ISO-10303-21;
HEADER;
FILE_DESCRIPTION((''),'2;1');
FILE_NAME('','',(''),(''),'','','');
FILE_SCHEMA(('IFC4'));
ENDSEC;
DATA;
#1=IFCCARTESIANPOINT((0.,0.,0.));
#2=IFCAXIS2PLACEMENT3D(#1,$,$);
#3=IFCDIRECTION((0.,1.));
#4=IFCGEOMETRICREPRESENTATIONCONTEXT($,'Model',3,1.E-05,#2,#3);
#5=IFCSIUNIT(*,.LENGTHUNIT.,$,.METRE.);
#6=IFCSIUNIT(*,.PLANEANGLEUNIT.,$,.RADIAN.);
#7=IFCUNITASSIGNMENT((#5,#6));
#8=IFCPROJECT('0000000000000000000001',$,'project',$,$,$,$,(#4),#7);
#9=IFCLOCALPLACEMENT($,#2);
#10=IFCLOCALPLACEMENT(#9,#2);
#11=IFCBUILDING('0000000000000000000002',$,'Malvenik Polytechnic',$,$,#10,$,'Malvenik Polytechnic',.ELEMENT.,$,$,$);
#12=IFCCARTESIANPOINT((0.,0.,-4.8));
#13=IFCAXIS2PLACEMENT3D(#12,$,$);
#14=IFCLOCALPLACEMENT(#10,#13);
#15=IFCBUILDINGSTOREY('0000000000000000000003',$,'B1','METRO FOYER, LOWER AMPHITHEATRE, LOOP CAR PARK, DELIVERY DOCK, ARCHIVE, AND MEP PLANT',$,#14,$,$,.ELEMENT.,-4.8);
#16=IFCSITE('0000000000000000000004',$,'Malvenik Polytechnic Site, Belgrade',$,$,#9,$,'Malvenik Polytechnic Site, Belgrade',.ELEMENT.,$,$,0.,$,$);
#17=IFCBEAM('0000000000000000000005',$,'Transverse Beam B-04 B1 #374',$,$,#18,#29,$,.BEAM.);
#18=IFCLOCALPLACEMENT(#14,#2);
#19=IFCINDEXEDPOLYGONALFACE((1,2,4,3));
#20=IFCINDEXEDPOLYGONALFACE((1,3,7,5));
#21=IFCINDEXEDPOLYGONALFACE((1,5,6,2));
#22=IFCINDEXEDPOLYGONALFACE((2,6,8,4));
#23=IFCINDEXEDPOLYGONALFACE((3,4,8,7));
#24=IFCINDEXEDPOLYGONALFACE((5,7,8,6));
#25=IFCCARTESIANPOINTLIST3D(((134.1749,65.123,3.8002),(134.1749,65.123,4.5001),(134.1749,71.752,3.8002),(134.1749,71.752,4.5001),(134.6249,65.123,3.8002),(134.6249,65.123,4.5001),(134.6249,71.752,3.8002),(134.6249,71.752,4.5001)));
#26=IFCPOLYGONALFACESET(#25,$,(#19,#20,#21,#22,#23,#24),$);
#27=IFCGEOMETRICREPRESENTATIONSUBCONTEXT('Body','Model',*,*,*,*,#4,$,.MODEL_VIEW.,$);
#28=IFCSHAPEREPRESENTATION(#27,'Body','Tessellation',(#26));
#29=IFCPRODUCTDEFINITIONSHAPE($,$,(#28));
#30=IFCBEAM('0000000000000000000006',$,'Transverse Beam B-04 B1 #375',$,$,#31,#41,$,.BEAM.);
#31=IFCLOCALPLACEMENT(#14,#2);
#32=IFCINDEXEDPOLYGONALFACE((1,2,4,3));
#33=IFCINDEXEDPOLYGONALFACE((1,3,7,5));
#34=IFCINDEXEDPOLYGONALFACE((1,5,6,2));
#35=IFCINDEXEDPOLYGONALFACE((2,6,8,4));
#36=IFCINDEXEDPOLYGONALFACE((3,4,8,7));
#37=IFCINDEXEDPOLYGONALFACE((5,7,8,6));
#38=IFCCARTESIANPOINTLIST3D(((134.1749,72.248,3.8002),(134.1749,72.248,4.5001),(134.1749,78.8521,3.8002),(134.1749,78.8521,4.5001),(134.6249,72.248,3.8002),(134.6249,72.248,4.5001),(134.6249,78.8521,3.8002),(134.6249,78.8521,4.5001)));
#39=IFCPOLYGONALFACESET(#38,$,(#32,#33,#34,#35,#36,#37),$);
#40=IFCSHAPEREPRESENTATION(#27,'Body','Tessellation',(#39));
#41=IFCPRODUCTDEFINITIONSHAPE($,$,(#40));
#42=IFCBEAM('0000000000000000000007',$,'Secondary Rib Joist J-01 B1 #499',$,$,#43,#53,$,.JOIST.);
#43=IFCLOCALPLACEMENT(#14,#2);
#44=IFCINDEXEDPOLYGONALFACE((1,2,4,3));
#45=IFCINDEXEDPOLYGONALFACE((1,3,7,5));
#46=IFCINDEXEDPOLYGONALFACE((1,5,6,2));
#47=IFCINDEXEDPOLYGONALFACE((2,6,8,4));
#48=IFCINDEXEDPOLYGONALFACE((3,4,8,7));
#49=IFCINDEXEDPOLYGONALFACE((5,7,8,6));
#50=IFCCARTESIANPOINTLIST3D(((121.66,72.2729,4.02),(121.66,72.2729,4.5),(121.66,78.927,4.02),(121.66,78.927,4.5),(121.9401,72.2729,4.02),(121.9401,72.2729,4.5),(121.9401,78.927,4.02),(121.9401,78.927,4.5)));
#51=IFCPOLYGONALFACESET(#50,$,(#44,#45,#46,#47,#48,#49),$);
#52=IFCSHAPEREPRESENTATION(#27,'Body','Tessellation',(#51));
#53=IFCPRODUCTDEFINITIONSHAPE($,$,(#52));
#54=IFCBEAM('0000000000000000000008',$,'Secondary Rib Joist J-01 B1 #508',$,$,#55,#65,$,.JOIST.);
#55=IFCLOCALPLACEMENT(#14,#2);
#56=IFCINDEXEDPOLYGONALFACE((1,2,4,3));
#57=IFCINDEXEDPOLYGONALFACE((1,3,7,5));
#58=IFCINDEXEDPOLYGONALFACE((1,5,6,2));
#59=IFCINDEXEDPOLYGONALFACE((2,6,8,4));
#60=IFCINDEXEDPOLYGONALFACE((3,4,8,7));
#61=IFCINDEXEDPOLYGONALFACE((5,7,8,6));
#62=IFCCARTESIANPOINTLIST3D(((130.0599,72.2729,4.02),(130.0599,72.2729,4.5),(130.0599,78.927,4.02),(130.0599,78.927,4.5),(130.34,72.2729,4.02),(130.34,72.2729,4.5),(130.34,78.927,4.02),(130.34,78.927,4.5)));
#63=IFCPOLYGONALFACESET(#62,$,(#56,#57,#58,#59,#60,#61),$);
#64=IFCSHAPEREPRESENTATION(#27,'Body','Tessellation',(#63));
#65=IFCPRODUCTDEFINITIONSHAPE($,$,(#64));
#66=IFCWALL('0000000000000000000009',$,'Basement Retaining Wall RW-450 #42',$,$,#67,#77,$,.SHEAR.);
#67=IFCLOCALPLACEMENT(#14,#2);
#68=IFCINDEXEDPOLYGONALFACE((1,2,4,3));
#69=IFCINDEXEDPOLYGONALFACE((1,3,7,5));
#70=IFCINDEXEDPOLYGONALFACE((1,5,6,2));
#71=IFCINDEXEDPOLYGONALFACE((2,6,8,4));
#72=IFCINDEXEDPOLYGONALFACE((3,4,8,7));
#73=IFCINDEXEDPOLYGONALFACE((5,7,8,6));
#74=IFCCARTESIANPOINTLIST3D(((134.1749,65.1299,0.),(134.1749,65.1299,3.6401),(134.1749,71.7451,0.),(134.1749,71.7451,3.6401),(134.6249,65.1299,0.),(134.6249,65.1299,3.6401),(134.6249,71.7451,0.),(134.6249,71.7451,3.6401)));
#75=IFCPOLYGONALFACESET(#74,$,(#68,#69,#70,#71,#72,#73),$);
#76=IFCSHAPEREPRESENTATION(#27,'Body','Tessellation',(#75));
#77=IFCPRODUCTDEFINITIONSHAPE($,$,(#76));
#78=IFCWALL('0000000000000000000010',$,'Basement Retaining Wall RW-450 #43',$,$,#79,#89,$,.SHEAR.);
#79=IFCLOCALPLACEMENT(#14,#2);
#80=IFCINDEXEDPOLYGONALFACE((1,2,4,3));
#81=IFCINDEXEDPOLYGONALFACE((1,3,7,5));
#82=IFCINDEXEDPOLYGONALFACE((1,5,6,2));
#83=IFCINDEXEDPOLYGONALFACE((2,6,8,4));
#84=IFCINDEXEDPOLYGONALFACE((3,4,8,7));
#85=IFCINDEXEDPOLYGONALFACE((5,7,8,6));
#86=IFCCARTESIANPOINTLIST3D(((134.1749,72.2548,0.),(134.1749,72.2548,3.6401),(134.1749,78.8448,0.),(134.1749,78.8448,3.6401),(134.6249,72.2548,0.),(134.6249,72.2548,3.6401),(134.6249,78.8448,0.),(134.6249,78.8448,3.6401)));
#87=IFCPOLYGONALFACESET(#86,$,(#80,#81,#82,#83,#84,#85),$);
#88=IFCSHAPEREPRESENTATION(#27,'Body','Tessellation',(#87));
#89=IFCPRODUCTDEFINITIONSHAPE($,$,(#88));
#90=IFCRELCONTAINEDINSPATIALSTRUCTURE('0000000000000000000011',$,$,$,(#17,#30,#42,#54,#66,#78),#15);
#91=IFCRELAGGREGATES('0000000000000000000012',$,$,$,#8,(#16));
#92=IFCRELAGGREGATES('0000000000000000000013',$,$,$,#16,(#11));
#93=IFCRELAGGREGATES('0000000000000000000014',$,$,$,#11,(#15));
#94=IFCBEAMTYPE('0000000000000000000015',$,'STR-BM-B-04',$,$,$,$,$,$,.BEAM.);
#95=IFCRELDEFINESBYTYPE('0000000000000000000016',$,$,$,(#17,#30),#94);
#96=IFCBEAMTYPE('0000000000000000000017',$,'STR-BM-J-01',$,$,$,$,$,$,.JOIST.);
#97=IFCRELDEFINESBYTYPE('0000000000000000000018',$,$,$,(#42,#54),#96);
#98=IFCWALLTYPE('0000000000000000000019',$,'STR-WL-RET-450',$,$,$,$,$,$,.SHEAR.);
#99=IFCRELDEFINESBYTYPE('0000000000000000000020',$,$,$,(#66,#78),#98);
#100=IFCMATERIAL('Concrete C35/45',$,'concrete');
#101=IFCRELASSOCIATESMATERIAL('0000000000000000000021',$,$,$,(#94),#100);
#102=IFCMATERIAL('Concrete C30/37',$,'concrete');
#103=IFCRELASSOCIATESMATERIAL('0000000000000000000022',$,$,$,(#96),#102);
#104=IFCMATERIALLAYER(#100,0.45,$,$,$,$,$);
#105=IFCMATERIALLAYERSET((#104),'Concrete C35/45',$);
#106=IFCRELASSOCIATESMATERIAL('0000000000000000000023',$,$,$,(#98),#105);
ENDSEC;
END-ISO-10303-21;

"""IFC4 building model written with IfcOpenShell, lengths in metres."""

from ifc_helpers import new_model, si_unit, direction, frame, frame_2d, origin, origin_2d, place, context, subcontext, project, spatial, rectangle, extrude, material, layer, layer_set, material_profile, profile_set, type_object, element, save


model = new_model("IFC4")

# Units and contexts
model_context = context("Model", 3, precision=1e-05, world=origin(), true_north=direction((0.0, 1.0)))
body_context = subcontext(model_context, "Body", "Model", "MODEL_VIEW")
ifc_project = project(units=[si_unit("LENGTHUNIT", "METRE"), si_unit("PLANEANGLEUNIT", "RADIAN")], contexts=[model_context])

# Site, building, storey
site_placement = place(None, origin())
site = spatial("IfcSite", under=ifc_project, at=site_placement, Name="Malvenik Polytechnic Site, Belgrade", LongName="Malvenik Polytechnic Site, Belgrade", CompositionType="ELEMENT", RefElevation=0.0)
building_placement = place(site_placement, origin())
building = spatial("IfcBuilding", under=site, at=building_placement, Name="Malvenik Polytechnic", LongName="Malvenik Polytechnic", CompositionType="ELEMENT")
storey_placement = place(building_placement, frame((0.0, 0.0, -4.8)))
storey = spatial("IfcBuildingStorey", under=building, at=storey_placement, Name="B1", Description="METRO FOYER, LOWER AMPHITHEATRE, LOOP CAR PARK, DELIVERY DOCK, ARCHIVE, AND MEP PLANT", CompositionType="ELEMENT", Elevation=-4.8)

# Shared definitions
ifc_material_1 = material(Name="Concrete C35/45", Category="concrete")

# Beams
ifc_material_profile_1 = material_profile(ifc_material_1, rectangle(XDim=0.45, YDim=0.7, at=origin_2d()), Name="RC BM 450x700")
ifc_profile_set_1 = profile_set([ifc_material_profile_1], Name="Concrete C35/45")
beam_type_1 = type_object("IfcBeamType", Name="STR-BM-B-04", PredefinedType="BEAM", material=ifc_profile_set_1)
beam_1_placement = place(storey_placement, frame((134.3999, 65.123, 4.1501), z_axis=(0.0, 1.0, 0.0), x_axis=(-1.0, 0.0, 0.0)))
element("IfcBeam", 1, at=beam_1_placement, inside=storey, type_object=beam_type_1, Name="Transverse Beam B-04 B1 #374", PredefinedType="BEAM", context=body_context, shape_type="SweptSolid", body=[
    extrude(rectangle(XDim=0.45, YDim=0.7, at=origin_2d()), origin(), (0.0, 0.0, 1.0), 6.6289),
])
beam_2_placement = place(storey_placement, frame((134.3999, 72.248, 4.1501), z_axis=(0.0, 1.0, 0.0), x_axis=(-1.0, 0.0, 0.0)))
element("IfcBeam", 2, at=beam_2_placement, inside=storey, type_object=beam_type_1, Name="Transverse Beam B-04 B1 #375", PredefinedType="BEAM", context=body_context, shape_type="SweptSolid", body=[
    extrude(rectangle(XDim=0.45, YDim=0.7, at=origin_2d()), origin(), (0.0, 0.0, 1.0), 6.604),
])
ifc_material_2 = material(Name="Concrete C30/37", Category="concrete")
ifc_material_profile_2 = material_profile(ifc_material_2, rectangle(XDim=0.28, YDim=0.48, at=origin_2d()), Name="RC JST 280x480")
ifc_profile_set_2 = profile_set([ifc_material_profile_2], Name="Concrete C30/37")
beam_type_2 = type_object("IfcBeamType", Name="STR-BM-J-01", PredefinedType="JOIST", material=ifc_profile_set_2)
for number, where, z_axis, x_axis, name in (
    (3, (121.8, 72.2729, 4.26), (0.0, 1.0, 0.0), (-1.0, 0.0, 0.0), "Secondary Rib Joist J-01 B1 #499"),
    (4, (130.2, 72.2729, 4.26), (0.0, 1.0, 0.0), (-1.0, 0.0, 0.0), "Secondary Rib Joist J-01 B1 #508"),
):
    element("IfcBeam", number, at=place(storey_placement, frame(where, z_axis=z_axis, x_axis=x_axis)), inside=storey, type_object=beam_type_2, Name=name, PredefinedType="JOIST", context=body_context, shape_type="SweptSolid", body=[
        extrude(rectangle(XDim=0.28, YDim=0.48, at=origin_2d()), origin(), (0.0, 0.0, 1.0), 6.6541),
    ])

# Walls
ifc_layer = layer(ifc_material_1, 0.45)
ifc_layer_set = layer_set([ifc_layer], Name="Concrete C35/45")
wall_type = type_object("IfcWallType", Name="STR-WL-RET-450", PredefinedType="SHEAR", material=ifc_layer_set)
wall_1_placement = place(storey_placement, frame((134.3999, 65.1299, 0.0), z_axis=(0.0, 0.0, 1.0), x_axis=(0.0, 1.0, 0.0)))
element("IfcWall", 5, at=wall_1_placement, inside=storey, type_object=wall_type, Name="Basement Retaining Wall RW-450 #42", PredefinedType="SHEAR", context=body_context, shape_type="SweptSolid", body=[
    extrude(rectangle(XDim=6.6152, YDim=0.45, at=frame_2d((3.3076, 0.0))), origin(), (0.0, 0.0, 1.0), 3.6401),
])
wall_2_placement = place(storey_placement, frame((134.3999, 72.2549, 0.0), z_axis=(0.0, 0.0, 1.0), x_axis=(0.0, 1.0, 0.0)))
element("IfcWall", 6, at=wall_2_placement, inside=storey, type_object=wall_type, Name="Basement Retaining Wall RW-450 #43", PredefinedType="SHEAR", context=body_context, shape_type="SweptSolid", body=[
    extrude(rectangle(XDim=6.5901, YDim=0.45, at=frame_2d((3.2949, 0.0))), origin(), (0.0, 0.0, 1.0), 3.6401),
])

save(model, "model.ifc")
